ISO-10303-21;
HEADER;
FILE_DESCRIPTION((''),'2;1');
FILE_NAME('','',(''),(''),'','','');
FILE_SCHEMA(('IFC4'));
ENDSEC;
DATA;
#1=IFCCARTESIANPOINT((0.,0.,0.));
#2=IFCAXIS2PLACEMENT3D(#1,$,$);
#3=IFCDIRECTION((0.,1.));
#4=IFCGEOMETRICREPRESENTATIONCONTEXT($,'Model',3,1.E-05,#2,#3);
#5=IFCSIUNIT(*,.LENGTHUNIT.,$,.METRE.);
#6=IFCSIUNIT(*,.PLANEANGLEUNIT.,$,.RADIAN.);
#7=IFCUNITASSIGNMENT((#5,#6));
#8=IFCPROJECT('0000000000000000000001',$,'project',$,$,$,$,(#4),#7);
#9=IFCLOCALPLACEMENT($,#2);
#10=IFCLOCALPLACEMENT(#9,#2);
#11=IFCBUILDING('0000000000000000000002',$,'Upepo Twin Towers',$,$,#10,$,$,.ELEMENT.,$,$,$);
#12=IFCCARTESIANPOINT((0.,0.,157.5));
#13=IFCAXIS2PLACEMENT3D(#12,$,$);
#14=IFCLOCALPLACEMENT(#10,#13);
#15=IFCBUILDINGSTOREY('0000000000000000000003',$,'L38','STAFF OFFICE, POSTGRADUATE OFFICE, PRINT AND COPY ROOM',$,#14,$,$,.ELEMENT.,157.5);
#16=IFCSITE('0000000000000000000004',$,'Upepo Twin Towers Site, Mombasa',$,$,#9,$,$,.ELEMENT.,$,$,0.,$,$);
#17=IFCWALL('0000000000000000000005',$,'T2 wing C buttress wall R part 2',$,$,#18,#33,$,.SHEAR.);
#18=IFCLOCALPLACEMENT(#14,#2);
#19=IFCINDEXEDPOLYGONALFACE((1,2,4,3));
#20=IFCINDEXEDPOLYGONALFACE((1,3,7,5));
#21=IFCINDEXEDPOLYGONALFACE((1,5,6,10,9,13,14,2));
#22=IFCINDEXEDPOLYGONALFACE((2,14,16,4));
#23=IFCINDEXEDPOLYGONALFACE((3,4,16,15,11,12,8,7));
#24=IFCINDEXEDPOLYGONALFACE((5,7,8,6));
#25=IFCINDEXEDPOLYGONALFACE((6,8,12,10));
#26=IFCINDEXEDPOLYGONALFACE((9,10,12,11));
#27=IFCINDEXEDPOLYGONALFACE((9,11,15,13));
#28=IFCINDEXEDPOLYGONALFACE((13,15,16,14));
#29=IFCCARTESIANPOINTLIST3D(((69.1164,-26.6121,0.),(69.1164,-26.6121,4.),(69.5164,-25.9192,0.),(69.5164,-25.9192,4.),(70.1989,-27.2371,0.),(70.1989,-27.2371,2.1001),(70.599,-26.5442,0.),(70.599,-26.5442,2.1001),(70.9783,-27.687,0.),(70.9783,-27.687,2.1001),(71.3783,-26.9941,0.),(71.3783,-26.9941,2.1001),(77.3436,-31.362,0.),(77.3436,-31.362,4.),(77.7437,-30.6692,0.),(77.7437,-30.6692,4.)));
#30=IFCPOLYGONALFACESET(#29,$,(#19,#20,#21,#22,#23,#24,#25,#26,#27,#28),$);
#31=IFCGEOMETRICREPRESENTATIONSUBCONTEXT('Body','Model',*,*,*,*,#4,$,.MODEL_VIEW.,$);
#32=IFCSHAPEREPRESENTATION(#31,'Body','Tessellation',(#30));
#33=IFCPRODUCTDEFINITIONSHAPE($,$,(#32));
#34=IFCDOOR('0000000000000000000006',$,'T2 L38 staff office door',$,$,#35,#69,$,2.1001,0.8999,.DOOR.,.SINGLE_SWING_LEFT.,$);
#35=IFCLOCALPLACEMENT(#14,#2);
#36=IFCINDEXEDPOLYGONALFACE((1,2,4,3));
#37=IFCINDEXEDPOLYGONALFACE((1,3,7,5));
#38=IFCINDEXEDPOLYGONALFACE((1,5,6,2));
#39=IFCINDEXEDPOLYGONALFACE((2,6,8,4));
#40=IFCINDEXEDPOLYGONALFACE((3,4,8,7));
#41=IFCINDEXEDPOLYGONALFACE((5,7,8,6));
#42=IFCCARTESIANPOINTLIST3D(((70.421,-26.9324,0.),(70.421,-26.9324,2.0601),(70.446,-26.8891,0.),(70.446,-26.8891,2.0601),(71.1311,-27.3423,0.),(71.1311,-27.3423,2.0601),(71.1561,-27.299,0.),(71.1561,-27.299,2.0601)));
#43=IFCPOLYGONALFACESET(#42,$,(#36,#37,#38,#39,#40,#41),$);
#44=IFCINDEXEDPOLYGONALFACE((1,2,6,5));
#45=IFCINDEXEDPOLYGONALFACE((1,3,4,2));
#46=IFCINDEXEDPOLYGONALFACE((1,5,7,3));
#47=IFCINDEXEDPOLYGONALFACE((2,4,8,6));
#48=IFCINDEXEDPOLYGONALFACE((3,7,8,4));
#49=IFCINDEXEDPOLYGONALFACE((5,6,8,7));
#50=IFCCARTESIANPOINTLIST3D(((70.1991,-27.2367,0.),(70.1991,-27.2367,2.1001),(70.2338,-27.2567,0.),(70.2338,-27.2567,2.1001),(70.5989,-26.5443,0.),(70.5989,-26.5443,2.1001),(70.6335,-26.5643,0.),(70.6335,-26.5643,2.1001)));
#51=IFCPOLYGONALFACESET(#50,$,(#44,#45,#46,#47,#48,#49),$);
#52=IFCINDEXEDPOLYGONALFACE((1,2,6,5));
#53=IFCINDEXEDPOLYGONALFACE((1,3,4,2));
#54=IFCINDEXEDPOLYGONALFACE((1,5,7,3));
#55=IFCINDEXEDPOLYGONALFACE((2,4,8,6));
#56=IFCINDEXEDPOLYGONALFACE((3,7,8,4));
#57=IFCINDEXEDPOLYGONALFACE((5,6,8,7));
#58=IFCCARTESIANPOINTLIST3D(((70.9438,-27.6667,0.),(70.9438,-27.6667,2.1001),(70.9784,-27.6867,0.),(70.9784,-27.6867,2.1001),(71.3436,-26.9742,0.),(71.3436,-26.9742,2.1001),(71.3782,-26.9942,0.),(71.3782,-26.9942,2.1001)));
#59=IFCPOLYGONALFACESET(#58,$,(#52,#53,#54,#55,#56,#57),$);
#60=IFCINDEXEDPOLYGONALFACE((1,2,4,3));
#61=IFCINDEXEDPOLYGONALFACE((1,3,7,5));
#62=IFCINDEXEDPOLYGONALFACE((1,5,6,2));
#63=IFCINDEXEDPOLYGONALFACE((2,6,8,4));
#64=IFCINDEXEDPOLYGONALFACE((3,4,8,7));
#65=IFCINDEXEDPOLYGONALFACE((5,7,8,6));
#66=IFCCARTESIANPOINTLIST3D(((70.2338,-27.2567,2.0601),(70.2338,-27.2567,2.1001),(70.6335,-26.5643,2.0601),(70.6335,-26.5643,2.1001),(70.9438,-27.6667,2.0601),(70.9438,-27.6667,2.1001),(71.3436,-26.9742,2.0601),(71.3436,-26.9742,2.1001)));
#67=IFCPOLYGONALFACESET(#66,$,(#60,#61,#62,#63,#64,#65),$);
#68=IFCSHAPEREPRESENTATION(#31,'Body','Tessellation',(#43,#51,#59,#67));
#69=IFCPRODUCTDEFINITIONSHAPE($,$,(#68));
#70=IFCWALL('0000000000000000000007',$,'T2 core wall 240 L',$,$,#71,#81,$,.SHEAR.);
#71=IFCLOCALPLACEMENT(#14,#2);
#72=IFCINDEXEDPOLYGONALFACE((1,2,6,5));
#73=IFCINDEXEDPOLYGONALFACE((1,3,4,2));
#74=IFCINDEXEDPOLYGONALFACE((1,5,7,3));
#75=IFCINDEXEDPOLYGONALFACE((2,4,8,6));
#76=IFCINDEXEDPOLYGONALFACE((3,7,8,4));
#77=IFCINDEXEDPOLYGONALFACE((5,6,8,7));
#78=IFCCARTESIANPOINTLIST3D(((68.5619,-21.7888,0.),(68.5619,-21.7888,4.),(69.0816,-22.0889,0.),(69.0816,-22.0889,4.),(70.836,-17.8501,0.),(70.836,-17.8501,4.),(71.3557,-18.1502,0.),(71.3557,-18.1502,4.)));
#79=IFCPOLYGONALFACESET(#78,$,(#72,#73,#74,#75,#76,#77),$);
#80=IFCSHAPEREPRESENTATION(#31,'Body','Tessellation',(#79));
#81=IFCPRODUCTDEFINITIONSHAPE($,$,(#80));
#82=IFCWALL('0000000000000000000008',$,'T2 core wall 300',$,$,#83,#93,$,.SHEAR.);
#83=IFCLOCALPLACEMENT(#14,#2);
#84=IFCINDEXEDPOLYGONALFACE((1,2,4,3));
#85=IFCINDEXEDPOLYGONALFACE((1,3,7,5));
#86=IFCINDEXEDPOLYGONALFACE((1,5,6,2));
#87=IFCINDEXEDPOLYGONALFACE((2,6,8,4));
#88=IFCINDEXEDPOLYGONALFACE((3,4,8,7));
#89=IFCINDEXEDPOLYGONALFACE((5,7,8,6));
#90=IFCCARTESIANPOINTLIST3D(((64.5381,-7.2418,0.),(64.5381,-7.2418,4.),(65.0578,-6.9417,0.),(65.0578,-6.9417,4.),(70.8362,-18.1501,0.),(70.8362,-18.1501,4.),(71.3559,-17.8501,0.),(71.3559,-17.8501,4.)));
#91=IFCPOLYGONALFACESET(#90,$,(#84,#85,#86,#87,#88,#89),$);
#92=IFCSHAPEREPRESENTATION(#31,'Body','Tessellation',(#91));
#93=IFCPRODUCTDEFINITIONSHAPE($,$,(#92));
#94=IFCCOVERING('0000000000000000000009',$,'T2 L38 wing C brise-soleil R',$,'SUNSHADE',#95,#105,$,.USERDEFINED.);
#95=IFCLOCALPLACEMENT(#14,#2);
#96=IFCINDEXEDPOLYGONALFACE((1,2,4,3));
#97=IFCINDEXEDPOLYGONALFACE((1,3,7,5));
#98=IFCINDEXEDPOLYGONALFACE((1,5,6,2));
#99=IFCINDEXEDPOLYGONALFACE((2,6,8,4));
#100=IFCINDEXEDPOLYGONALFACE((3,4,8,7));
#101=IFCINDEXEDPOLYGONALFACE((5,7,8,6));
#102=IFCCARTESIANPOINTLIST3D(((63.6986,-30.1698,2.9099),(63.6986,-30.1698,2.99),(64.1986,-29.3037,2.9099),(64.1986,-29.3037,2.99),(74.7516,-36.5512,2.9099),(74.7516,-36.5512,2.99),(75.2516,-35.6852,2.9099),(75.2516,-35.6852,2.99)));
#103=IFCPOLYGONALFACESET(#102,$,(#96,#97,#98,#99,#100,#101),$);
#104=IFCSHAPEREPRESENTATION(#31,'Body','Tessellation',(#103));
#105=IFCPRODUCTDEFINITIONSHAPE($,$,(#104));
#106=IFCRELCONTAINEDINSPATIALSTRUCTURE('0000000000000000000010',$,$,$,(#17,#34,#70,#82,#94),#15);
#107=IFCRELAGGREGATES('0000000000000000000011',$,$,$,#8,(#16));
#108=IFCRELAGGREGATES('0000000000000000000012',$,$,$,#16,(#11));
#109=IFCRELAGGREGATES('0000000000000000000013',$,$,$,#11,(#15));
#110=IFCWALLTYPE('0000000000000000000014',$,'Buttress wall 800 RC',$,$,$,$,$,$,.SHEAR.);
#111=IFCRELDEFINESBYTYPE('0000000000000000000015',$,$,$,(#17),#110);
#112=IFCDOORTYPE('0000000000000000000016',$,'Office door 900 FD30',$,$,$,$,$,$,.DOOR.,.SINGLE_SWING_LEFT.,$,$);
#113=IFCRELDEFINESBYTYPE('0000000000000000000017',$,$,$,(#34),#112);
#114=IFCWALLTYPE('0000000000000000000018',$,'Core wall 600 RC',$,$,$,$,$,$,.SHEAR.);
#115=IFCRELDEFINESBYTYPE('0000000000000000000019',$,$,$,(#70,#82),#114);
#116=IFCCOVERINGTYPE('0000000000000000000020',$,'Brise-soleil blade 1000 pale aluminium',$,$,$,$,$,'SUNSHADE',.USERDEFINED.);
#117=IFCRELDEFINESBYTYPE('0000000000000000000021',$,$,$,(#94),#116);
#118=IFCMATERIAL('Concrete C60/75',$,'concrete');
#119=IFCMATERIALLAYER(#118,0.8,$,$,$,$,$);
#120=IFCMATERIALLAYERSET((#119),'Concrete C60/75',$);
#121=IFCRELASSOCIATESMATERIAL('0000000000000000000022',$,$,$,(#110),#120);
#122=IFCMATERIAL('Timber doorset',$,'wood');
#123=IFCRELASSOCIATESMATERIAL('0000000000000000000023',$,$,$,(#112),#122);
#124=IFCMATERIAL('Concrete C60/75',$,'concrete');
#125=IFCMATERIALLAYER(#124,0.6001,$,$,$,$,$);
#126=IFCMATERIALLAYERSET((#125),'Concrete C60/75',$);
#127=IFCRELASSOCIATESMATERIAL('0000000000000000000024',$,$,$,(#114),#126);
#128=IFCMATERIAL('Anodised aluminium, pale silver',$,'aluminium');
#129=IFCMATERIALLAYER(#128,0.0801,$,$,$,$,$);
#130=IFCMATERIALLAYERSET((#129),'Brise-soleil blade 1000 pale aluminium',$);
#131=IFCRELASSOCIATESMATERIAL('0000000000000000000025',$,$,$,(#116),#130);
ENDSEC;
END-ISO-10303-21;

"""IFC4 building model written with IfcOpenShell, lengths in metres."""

from ifc_helpers import new_model, si_unit, direction, frame, frame_2d, origin, origin_2d, place, context, subcontext, project, spatial, rectangle, extrude, material, layer, layer_set, type_object, element, fill, save


model = new_model("IFC4")

# Units and contexts
model_context = context("Model", 3, precision=1e-05, world=origin(), true_north=direction((0.0, 1.0)))
body_context = subcontext(model_context, "Body", "Model", "MODEL_VIEW")
ifc_project = project(units=[si_unit("LENGTHUNIT", "METRE"), si_unit("PLANEANGLEUNIT", "RADIAN")], contexts=[model_context])

# Site, building, storey
site_placement = place(None, origin())
site = spatial("IfcSite", under=ifc_project, at=site_placement, Name="Upepo Twin Towers Site, Mombasa", CompositionType="ELEMENT", RefElevation=0.0)
building_placement = place(site_placement, origin())
building = spatial("IfcBuilding", under=site, at=building_placement, Name="Upepo Twin Towers", CompositionType="ELEMENT")
storey_placement = place(building_placement, frame((0.0, 0.0, 157.5)))
storey = spatial("IfcBuildingStorey", under=building, at=storey_placement, Name="L38", Description="STAFF OFFICE, POSTGRADUATE OFFICE, PRINT AND COPY ROOM", CompositionType="ELEMENT", Elevation=157.5)

# Wall, opening, door
ifc_material_1 = material(Name="Concrete C60/75", Category="concrete")
ifc_layer_1 = layer(ifc_material_1, 0.8)
ifc_layer_set_1 = layer_set([ifc_layer_1], Name="Concrete C60/75")
wall_type_1 = type_object("IfcWallType", Name="Buttress wall 800 RC", PredefinedType="SHEAR", material=ifc_layer_set_1)
ifc_material_2 = material(Name="Timber doorset", Category="wood")
door_type = type_object("IfcDoorType", Name="Office door 900 FD30", OperationType="SINGLE_SWING_LEFT", PredefinedType="DOOR", material=ifc_material_2)
wall_1_placement = place(storey_placement, frame((69.3164, -26.2656, 0.0), z_axis=(0.0, 0.0, 1.0), x_axis=(0.866027, -0.499998, 0.0)))
wall_1 = element("IfcWall", 1, at=wall_1_placement, inside=storey, type_object=wall_type_1, Name="T2 wing C buttress wall R part 2", PredefinedType="SHEAR", context=body_context, shape_type="SweptSolid", body=[
    extrude(rectangle(XDim=9.5, YDim=0.8, at=frame_2d((4.75, 0.0))), origin(), (0.0, 0.0, 1.0), 4.0),
])
opening_1_placement = place(wall_1_placement, frame((1.25, 0.0, 0.0)))
opening_1 = element("IfcOpeningElement", 2, at=opening_1_placement, cuts=wall_1, PredefinedType="OPENING", context=body_context, shape_type="SweptSolid", body=[
    extrude(rectangle(XDim=0.8999, YDim=2.1001, at=frame_2d((0.45, 1.05))), frame((0.0, 0.4099, 0.0), z_axis=(0.0, -1.0, 0.0), x_axis=(1.0, 0.0, 0.0)), (0.0, 0.0, 1.0), 0.8201),
])
door_1_placement = place(opening_1_placement, origin())
door_1 = element("IfcDoor", 3, at=door_1_placement, inside=storey, type_object=door_type, Name="T2 L38 staff office door", OperationType="SINGLE_SWING_LEFT", OverallHeight=2.1001, OverallWidth=0.8999, PredefinedType="DOOR", context=body_context, shape_type="SweptSolid", body=[
    extrude(rectangle(XDim=0.8199, YDim=2.0601, at=frame_2d((0.45, 1.03))), frame((0.0, 0.0249, 0.0), z_axis=(0.0, -1.0, 0.0), x_axis=(1.0, 0.0, 0.0)), (0.0, 0.0, 1.0), 0.05),
    extrude(rectangle(XDim=0.04, YDim=2.1001, at=frame_2d((0.02, 1.05))), frame((0.0, 0.3999, 0.0), z_axis=(0.0, -1.0, 0.0), x_axis=(1.0, 0.0, 0.0)), (0.0, 0.0, 1.0), 0.7996),
    extrude(rectangle(XDim=0.04, YDim=2.1001, at=frame_2d((0.8799, 1.05))), frame((0.0, 0.3999, 0.0), z_axis=(0.0, -1.0, 0.0), x_axis=(1.0, 0.0, 0.0)), (0.0, 0.0, 1.0), 0.7996),
    extrude(rectangle(XDim=0.8199, YDim=0.04, at=frame_2d((0.45, 2.0801))), frame((0.0, 0.3999, 0.0), z_axis=(0.0, -1.0, 0.0), x_axis=(1.0, 0.0, 0.0)), (0.0, 0.0, 1.0), 0.7996),
])
fill(opening_1, door_1)

# Walls
ifc_material_3 = material(Name="Concrete C60/75", Category="concrete")
ifc_layer_2 = layer(ifc_material_3, 0.6001)
ifc_layer_set_2 = layer_set([ifc_layer_2], Name="Concrete C60/75")
wall_type_2 = type_object("IfcWallType", Name="Core wall 600 RC", PredefinedType="SHEAR", material=ifc_layer_set_2)
wall_2_placement = place(storey_placement, frame((68.8218, -21.9387, 0.0), z_axis=(0.0, 0.0, 1.0), x_axis=(0.500024, 0.866011, 0.0)))
element("IfcWall", 4, at=wall_2_placement, inside=storey, type_object=wall_type_2, Name="T2 core wall 240 L", PredefinedType="SHEAR", context=body_context, shape_type="SweptSolid", body=[
    extrude(rectangle(XDim=4.5481, YDim=0.6001, at=frame_2d((2.2739, 0.0))), origin(), (0.0, 0.0, 1.0), 4.0),
])
wall_3_placement = place(storey_placement, frame((71.0959, -18.0, 0.0), z_axis=(0.0, 0.0, 1.0), x_axis=(-0.500006, 0.866022, 0.0)))
element("IfcWall", 5, at=wall_3_placement, inside=storey, type_object=wall_type_2, Name="T2 core wall 300", PredefinedType="SHEAR", context=body_context, shape_type="SweptSolid", body=[
    extrude(rectangle(XDim=12.5959, YDim=0.6001, at=frame_2d((6.2979, 0.0))), origin(), (0.0, 0.0, 1.0), 4.0),
])

# Covering
ifc_material_4 = material(Name="Anodised aluminium, pale silver", Category="aluminium")
ifc_layer_3 = layer(ifc_material_4, 0.0801)
ifc_layer_set_3 = layer_set([ifc_layer_3], Name="Brise-soleil blade 1000 pale aluminium")
covering_type = type_object("IfcCoveringType", Name="Brise-soleil blade 1000 pale aluminium", ElementType="SUNSHADE", PredefinedType="USERDEFINED", material=ifc_layer_set_3)
covering_placement = place(storey_placement, frame((69.4751, -32.9275, 2.9099), z_axis=(0.0, 0.0, 1.0), x_axis=(0.866025, -0.5, 0.0)))
element("IfcCovering", 6, at=covering_placement, inside=storey, type_object=covering_type, Name="T2 L38 wing C brise-soleil R", ObjectType="SUNSHADE", PredefinedType="USERDEFINED", context=body_context, shape_type="SweptSolid", body=[
    extrude(rectangle(XDim=12.7629, YDim=1.0, at=origin_2d()), origin(), (0.0, 0.0, 1.0), 0.0801),
])

save(model, "model.ifc")
